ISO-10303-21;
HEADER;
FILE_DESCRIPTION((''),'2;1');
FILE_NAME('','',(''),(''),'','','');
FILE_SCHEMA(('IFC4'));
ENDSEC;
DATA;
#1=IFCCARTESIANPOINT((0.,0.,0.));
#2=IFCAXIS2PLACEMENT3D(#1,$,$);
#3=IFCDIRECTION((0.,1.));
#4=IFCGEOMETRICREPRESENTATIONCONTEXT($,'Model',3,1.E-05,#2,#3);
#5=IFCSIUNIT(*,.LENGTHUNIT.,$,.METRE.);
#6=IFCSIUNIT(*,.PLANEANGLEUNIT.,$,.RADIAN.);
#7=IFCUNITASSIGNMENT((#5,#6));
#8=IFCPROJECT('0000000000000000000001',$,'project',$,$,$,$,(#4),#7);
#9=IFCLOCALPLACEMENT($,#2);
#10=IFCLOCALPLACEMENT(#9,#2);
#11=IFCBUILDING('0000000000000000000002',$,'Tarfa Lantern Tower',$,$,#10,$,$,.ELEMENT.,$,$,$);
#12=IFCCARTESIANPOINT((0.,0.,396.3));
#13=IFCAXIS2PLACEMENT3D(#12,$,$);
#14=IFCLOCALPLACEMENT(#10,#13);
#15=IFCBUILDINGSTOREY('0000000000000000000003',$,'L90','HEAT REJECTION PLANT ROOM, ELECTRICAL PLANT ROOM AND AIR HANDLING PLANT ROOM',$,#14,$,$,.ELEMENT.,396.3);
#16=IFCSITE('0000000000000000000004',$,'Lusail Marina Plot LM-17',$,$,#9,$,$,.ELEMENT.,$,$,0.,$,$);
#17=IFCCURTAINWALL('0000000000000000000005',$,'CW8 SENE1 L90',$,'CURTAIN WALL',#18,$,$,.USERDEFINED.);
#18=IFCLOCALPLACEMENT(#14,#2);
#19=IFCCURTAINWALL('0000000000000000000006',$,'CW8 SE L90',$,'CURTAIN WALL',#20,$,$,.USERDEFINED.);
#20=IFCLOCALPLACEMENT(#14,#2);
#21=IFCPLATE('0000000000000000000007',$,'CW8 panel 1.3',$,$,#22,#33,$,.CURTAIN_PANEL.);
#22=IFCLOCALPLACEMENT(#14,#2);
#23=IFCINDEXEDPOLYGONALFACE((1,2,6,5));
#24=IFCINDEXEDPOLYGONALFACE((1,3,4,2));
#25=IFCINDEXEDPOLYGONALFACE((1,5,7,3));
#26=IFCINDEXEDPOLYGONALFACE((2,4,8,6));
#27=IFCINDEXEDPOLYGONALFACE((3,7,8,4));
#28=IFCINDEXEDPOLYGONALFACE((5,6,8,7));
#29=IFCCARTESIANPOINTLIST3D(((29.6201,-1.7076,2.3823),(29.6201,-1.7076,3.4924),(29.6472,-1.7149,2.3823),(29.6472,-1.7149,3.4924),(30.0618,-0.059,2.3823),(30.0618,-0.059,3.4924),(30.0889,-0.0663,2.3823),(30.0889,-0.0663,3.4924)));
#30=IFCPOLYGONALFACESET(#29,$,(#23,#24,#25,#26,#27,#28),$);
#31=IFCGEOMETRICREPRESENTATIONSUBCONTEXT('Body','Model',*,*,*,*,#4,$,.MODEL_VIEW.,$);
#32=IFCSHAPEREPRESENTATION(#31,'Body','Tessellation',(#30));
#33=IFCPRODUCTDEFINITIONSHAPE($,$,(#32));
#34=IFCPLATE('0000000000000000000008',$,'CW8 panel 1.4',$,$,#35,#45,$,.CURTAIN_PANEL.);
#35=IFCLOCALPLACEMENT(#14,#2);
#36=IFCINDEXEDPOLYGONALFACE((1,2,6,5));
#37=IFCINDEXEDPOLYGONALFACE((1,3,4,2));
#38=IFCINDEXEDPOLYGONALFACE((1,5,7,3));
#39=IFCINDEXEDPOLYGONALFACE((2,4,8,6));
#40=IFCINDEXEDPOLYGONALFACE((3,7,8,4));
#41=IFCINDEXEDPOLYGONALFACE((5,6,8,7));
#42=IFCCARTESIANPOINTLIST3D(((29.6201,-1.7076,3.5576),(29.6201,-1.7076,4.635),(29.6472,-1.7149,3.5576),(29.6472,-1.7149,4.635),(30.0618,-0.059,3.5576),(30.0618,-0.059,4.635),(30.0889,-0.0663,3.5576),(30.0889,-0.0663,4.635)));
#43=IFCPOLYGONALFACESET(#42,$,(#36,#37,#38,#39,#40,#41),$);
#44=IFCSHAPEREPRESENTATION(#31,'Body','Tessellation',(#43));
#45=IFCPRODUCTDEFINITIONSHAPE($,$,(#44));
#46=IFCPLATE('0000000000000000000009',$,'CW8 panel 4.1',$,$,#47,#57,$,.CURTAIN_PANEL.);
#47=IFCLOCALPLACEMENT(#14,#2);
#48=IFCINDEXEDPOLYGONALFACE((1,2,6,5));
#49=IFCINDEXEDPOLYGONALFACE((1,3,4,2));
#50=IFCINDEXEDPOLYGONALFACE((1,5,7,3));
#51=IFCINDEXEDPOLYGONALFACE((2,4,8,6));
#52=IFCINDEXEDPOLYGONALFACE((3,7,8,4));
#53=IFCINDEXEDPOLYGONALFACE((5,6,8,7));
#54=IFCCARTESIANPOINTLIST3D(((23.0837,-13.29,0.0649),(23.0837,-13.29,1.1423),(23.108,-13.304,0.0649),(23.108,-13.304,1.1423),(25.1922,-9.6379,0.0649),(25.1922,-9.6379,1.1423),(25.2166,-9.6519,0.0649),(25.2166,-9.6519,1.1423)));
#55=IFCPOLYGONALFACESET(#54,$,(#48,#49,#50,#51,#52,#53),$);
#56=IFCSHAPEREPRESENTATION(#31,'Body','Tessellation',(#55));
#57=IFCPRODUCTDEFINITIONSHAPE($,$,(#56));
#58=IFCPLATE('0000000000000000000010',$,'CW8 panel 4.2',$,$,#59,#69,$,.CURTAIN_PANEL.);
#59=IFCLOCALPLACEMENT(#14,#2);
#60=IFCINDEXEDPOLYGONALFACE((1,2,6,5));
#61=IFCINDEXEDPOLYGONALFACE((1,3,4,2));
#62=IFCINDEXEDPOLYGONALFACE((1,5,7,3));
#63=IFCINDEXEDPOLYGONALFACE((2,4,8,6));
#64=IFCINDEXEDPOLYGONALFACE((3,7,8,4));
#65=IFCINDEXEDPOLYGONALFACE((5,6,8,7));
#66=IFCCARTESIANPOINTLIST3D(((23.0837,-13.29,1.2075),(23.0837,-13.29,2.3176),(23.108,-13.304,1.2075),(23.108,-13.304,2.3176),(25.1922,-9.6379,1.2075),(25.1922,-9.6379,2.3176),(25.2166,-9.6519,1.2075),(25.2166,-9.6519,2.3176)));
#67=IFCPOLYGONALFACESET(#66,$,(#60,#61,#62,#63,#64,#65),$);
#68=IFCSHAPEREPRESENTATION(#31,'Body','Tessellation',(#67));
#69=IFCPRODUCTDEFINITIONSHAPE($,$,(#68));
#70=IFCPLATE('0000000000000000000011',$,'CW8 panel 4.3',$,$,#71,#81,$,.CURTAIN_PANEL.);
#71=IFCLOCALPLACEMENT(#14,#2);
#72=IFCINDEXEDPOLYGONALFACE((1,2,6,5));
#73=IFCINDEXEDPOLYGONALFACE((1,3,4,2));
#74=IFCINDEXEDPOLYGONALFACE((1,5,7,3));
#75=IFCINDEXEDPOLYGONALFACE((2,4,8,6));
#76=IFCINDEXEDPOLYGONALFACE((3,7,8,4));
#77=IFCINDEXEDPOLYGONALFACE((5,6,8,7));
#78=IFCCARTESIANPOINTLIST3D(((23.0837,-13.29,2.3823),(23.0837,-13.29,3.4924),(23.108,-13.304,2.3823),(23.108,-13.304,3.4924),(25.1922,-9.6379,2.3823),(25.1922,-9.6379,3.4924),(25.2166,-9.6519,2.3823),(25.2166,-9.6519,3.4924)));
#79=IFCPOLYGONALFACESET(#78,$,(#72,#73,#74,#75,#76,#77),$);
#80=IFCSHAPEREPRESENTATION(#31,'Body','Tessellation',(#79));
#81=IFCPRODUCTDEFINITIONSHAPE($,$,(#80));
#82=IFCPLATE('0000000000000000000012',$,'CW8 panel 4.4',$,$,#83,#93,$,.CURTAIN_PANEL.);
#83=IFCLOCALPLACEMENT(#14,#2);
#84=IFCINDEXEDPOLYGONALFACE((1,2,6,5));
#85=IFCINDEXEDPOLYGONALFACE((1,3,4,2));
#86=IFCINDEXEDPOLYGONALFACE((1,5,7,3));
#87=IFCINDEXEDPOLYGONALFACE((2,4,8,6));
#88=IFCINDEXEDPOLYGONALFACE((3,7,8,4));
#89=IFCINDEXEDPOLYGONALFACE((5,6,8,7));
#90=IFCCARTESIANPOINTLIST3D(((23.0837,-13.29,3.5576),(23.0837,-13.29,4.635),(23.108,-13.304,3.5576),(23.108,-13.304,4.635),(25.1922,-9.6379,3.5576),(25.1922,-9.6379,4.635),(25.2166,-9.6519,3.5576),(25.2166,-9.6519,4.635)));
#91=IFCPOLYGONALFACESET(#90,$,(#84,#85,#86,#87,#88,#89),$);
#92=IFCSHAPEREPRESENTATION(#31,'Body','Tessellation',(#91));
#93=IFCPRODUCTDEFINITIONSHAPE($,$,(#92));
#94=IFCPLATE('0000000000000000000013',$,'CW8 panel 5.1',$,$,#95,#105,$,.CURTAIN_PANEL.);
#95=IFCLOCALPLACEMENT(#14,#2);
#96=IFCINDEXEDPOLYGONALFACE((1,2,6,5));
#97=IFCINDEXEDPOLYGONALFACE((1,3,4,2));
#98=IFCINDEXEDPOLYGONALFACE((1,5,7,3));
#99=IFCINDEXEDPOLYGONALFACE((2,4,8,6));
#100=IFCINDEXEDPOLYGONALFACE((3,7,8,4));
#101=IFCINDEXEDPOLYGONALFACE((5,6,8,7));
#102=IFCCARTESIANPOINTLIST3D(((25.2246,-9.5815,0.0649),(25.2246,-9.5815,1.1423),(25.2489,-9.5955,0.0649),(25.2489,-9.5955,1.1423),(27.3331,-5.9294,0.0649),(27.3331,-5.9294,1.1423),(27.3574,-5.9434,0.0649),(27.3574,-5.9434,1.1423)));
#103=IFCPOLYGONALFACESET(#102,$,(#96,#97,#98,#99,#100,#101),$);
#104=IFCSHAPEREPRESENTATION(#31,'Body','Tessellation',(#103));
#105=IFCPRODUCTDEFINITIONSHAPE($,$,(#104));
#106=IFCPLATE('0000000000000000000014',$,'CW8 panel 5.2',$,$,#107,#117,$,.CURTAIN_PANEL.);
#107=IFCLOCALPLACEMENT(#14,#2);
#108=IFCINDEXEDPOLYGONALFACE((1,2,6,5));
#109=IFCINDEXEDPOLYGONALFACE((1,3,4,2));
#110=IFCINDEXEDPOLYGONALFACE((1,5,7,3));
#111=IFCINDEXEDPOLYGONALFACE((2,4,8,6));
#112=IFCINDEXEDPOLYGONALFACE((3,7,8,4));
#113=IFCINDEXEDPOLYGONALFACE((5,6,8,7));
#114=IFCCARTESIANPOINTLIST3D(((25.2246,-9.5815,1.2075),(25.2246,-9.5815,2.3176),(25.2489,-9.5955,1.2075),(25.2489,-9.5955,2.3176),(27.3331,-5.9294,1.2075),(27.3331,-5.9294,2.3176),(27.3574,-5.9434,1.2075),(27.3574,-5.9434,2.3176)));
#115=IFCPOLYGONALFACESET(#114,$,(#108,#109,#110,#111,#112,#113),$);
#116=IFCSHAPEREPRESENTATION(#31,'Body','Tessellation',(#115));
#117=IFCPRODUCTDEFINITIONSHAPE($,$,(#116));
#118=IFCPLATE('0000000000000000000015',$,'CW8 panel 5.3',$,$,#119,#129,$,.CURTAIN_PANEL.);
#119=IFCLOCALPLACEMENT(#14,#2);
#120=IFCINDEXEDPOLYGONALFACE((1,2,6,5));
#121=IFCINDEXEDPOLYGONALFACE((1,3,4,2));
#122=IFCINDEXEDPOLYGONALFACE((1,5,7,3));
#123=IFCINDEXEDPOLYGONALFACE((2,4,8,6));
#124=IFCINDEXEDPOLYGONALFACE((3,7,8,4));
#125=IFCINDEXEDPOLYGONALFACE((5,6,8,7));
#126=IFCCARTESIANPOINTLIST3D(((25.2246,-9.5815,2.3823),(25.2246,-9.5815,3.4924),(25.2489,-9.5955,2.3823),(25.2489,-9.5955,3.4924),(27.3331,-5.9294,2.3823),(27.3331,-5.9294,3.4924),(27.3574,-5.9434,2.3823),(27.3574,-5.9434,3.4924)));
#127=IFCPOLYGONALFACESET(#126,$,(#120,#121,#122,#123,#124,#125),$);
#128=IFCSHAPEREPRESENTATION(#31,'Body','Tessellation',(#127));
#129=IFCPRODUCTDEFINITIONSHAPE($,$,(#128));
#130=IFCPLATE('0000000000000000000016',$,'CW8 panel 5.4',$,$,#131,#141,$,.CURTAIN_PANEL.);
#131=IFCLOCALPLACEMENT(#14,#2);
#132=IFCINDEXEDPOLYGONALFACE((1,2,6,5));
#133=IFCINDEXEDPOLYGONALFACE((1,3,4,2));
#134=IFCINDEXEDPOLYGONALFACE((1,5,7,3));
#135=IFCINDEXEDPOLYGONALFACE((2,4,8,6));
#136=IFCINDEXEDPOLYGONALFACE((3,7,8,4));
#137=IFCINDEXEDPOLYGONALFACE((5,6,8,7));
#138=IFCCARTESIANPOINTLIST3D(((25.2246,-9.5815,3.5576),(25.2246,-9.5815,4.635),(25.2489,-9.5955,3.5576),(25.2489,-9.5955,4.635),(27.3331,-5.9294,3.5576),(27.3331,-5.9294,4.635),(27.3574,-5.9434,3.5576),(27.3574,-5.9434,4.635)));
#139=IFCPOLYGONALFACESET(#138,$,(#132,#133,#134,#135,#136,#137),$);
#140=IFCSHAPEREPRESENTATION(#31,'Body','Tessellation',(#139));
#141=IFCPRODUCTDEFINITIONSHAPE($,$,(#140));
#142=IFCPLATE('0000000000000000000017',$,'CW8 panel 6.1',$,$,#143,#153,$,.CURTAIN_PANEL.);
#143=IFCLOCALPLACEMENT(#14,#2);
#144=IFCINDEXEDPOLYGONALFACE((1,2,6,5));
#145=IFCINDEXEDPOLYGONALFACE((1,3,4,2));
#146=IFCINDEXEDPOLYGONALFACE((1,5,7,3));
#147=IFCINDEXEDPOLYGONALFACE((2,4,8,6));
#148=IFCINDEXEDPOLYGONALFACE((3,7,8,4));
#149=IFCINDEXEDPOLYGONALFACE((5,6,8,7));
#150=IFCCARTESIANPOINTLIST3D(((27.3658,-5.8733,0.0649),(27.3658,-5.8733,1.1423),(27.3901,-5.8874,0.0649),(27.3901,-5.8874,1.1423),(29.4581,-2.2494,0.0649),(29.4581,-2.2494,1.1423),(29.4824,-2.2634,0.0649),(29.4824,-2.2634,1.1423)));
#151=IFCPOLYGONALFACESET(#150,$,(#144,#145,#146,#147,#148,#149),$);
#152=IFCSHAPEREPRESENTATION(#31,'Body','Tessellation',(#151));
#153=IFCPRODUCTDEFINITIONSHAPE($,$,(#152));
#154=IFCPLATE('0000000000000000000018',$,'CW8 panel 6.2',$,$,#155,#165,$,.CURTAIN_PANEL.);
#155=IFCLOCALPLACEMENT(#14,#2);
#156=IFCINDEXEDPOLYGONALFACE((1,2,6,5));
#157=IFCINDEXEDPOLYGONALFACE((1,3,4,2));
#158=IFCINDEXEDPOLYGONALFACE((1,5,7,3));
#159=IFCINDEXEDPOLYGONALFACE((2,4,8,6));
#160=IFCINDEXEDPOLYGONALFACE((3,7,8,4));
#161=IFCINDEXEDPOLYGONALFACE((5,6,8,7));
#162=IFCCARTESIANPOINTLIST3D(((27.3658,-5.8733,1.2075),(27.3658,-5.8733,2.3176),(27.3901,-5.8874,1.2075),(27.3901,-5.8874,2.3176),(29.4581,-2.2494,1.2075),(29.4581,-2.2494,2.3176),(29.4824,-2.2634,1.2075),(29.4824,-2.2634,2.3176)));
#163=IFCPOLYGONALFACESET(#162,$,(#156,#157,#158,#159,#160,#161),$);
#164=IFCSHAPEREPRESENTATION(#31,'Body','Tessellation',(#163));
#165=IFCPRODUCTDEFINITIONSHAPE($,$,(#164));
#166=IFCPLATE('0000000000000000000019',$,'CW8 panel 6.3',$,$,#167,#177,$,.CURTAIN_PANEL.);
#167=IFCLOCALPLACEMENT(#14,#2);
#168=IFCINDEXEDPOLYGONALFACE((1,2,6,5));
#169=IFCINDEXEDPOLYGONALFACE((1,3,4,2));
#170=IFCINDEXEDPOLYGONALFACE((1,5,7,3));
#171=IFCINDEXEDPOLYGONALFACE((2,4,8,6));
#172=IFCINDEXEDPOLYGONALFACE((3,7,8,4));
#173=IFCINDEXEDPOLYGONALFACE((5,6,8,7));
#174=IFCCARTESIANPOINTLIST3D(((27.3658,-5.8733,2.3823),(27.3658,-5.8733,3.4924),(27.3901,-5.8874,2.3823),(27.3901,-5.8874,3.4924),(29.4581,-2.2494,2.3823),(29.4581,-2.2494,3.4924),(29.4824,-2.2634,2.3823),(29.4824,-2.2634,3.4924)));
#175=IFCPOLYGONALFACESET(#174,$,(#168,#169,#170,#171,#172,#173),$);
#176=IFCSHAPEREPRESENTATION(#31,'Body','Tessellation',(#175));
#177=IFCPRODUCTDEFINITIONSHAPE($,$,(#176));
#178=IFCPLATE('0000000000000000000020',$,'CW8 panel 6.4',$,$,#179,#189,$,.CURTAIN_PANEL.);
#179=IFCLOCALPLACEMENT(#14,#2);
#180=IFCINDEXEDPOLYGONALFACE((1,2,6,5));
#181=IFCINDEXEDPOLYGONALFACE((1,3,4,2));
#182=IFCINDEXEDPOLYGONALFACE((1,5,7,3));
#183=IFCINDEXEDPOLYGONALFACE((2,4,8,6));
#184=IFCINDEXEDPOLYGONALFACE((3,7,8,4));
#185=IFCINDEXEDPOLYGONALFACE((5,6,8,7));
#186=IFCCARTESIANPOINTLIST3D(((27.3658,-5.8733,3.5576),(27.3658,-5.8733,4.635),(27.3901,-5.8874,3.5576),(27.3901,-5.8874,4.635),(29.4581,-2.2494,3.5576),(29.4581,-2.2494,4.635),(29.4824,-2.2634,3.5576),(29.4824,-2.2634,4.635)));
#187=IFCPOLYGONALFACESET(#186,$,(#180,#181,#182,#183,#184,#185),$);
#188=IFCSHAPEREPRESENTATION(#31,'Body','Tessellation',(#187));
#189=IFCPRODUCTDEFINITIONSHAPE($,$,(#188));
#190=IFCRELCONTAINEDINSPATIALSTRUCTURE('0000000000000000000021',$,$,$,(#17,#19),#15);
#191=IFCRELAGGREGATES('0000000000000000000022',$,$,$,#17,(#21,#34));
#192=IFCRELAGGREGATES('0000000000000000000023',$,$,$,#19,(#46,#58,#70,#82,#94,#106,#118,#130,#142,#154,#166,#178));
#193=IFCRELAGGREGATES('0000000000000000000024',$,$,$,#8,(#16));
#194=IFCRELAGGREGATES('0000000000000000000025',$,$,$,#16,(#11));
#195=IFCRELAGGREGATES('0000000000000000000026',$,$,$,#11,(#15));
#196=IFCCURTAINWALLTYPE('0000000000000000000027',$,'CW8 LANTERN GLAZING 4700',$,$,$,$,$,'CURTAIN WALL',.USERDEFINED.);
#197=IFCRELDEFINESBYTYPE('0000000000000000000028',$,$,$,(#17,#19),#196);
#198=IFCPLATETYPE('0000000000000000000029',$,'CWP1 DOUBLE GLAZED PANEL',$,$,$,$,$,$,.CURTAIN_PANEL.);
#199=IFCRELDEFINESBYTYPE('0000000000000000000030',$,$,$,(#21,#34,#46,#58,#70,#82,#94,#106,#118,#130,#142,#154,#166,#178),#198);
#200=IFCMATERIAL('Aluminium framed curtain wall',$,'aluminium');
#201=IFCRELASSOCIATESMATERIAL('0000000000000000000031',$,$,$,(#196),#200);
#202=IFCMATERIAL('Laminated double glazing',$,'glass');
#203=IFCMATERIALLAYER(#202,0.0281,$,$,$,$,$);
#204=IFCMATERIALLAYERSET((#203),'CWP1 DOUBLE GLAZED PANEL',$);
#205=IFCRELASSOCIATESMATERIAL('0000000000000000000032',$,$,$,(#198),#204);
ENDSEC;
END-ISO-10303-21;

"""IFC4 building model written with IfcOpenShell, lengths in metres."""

from ifc_helpers import new_model, si_unit, direction, frame, origin, origin_2d, place, context, subcontext, project, spatial, rectangle, extrude, material, layer, layer_set, type_object, element, aggregate, save


model = new_model("IFC4")

# Units and contexts
model_context = context("Model", 3, precision=1e-05, world=origin(), true_north=direction((0.0, 1.0)))
body_context = subcontext(model_context, "Body", "Model", "MODEL_VIEW")
ifc_project = project(units=[si_unit("LENGTHUNIT", "METRE"), si_unit("PLANEANGLEUNIT", "RADIAN")], contexts=[model_context])

# Site, building, storey
site_placement = place(None, origin())
site = spatial("IfcSite", under=ifc_project, at=site_placement, Name="Lusail Marina Plot LM-17", CompositionType="ELEMENT", RefElevation=0.0)
building_placement = place(site_placement, origin())
building = spatial("IfcBuilding", under=site, at=building_placement, Name="Tarfa Lantern Tower", CompositionType="ELEMENT")
storey_placement = place(building_placement, frame((0.0, 0.0, 396.3)))
storey = spatial("IfcBuildingStorey", under=building, at=storey_placement, Name="L90", Description="HEAT REJECTION PLANT ROOM, ELECTRICAL PLANT ROOM AND AIR HANDLING PLANT ROOM", CompositionType="ELEMENT", Elevation=396.3)

# Curtain walls
ifc_material_1 = material(Name="Aluminium framed curtain wall", Category="aluminium")
curtain_wall_type = type_object("IfcCurtainWallType", Name="CW8 LANTERN GLAZING 4700", ElementType="CURTAIN WALL", PredefinedType="USERDEFINED", material=ifc_material_1)
curtain_wall_1_placement = place(storey_placement, origin())
curtain_wall_1 = element("IfcCurtainWall", 1, at=curtain_wall_1_placement, inside=storey, type_object=curtain_wall_type, Name="CW8 SENE1 L90", ObjectType="CURTAIN WALL", PredefinedType="USERDEFINED")
curtain_wall_2_placement = place(storey_placement, origin())
curtain_wall_2 = element("IfcCurtainWall", 2, at=curtain_wall_2_placement, inside=storey, type_object=curtain_wall_type, Name="CW8 SE L90", ObjectType="CURTAIN WALL", PredefinedType="USERDEFINED")

# Plates
ifc_material_2 = material(Name="Laminated double glazing", Category="glass")
ifc_layer = layer(ifc_material_2, 0.0281)
ifc_layer_set = layer_set([ifc_layer], Name="CWP1 DOUBLE GLAZED PANEL")
plate_type = type_object("IfcPlateType", Name="CWP1 DOUBLE GLAZED PANEL", PredefinedType="CURTAIN_PANEL", material=ifc_layer_set)
plate_1_placement = place(storey_placement, frame((29.8545, -0.887, 2.3823), z_axis=(0.0, 0.0, 1.0), x_axis=(0.258819, 0.965926, 0.0)))
plate_1 = element("IfcPlate", 3, at=plate_1_placement, type_object=plate_type, Name="CW8 panel 1.3", PredefinedType="CURTAIN_PANEL", context=body_context, shape_type="SweptSolid", body=[
    extrude(rectangle(XDim=1.7068, YDim=0.0281, at=origin_2d()), origin(), (0.0, 0.0, 1.0), 1.1101),
])
plate_2_placement = place(storey_placement, frame((29.8545, -0.887, 3.5576), z_axis=(0.0, 0.0, 1.0), x_axis=(0.258819, 0.965926, 0.0)))
plate_2 = element("IfcPlate", 4, at=plate_2_placement, type_object=plate_type, Name="CW8 panel 1.4", PredefinedType="CURTAIN_PANEL", context=body_context, shape_type="SweptSolid", body=[
    extrude(rectangle(XDim=1.7068, YDim=0.0281, at=origin_2d()), origin(), (0.0, 0.0, 1.0), 1.0774),
])
aggregate(curtain_wall_1, [plate_1, plate_2])
plate_3_placement = place(storey_placement, frame((24.1501, -11.4709, 0.0649), z_axis=(0.0, 0.0, 1.0), x_axis=(0.5, 0.866025, 0.0)))
plate_3 = element("IfcPlate", 5, at=plate_3_placement, type_object=plate_type, Name="CW8 panel 4.1", PredefinedType="CURTAIN_PANEL", context=body_context, shape_type="SweptSolid", body=[
    extrude(rectangle(XDim=4.217, YDim=0.0281, at=origin_2d()), origin(), (0.0, 0.0, 1.0), 1.0774),
])
plate_4_placement = place(storey_placement, frame((24.1501, -11.4709, 1.2075), z_axis=(0.0, 0.0, 1.0), x_axis=(0.5, 0.866025, 0.0)))
plate_4 = element("IfcPlate", 6, at=plate_4_placement, type_object=plate_type, Name="CW8 panel 4.2", PredefinedType="CURTAIN_PANEL", context=body_context, shape_type="SweptSolid", body=[
    extrude(rectangle(XDim=4.217, YDim=0.0281, at=origin_2d()), origin(), (0.0, 0.0, 1.0), 1.1101),
])
plate_5_placement = place(storey_placement, frame((24.1501, -11.4709, 2.3823), z_axis=(0.0, 0.0, 1.0), x_axis=(0.5, 0.866025, 0.0)))
plate_5 = element("IfcPlate", 7, at=plate_5_placement, type_object=plate_type, Name="CW8 panel 4.3", PredefinedType="CURTAIN_PANEL", context=body_context, shape_type="SweptSolid", body=[
    extrude(rectangle(XDim=4.217, YDim=0.0281, at=origin_2d()), origin(), (0.0, 0.0, 1.0), 1.1101),
])
plate_6_placement = place(storey_placement, frame((24.1501, -11.4709, 3.5576), z_axis=(0.0, 0.0, 1.0), x_axis=(0.5, 0.866025, 0.0)))
plate_6 = element("IfcPlate", 8, at=plate_6_placement, type_object=plate_type, Name="CW8 panel 4.4", PredefinedType="CURTAIN_PANEL", context=body_context, shape_type="SweptSolid", body=[
    extrude(rectangle(XDim=4.217, YDim=0.0281, at=origin_2d()), origin(), (0.0, 0.0, 1.0), 1.0774),
])
plate_7_placement = place(storey_placement, frame((26.291, -7.7625, 0.0649), z_axis=(0.0, 0.0, 1.0), x_axis=(0.5, 0.866025, 0.0)))
plate_7 = element("IfcPlate", 9, at=plate_7_placement, type_object=plate_type, Name="CW8 panel 5.1", PredefinedType="CURTAIN_PANEL", context=body_context, shape_type="SweptSolid", body=[
    extrude(rectangle(XDim=4.217, YDim=0.0281, at=origin_2d()), origin(), (0.0, 0.0, 1.0), 1.0774),
])
plate_8_placement = place(storey_placement, frame((26.291, -7.7625, 1.2075), z_axis=(0.0, 0.0, 1.0), x_axis=(0.5, 0.866025, 0.0)))
plate_8 = element("IfcPlate", 10, at=plate_8_placement, type_object=plate_type, Name="CW8 panel 5.2", PredefinedType="CURTAIN_PANEL", context=body_context, shape_type="SweptSolid", body=[
    extrude(rectangle(XDim=4.217, YDim=0.0281, at=origin_2d()), origin(), (0.0, 0.0, 1.0), 1.1101),
])
plate_9_placement = place(storey_placement, frame((26.291, -7.7625, 2.3823), z_axis=(0.0, 0.0, 1.0), x_axis=(0.5, 0.866025, 0.0)))
plate_9 = element("IfcPlate", 11, at=plate_9_placement, type_object=plate_type, Name="CW8 panel 5.3", PredefinedType="CURTAIN_PANEL", context=body_context, shape_type="SweptSolid", body=[
    extrude(rectangle(XDim=4.217, YDim=0.0281, at=origin_2d()), origin(), (0.0, 0.0, 1.0), 1.1101),
])
plate_10_placement = place(storey_placement, frame((26.291, -7.7625, 3.5576), z_axis=(0.0, 0.0, 1.0), x_axis=(0.5, 0.866025, 0.0)))
plate_10 = element("IfcPlate", 12, at=plate_10_placement, type_object=plate_type, Name="CW8 panel 5.4", PredefinedType="CURTAIN_PANEL", context=body_context, shape_type="SweptSolid", body=[
    extrude(rectangle(XDim=4.217, YDim=0.0281, at=origin_2d()), origin(), (0.0, 0.0, 1.0), 1.0774),
])
plate_11_placement = place(storey_placement, frame((28.4241, -4.0684, 0.0649), z_axis=(0.0, 0.0, 1.0), x_axis=(0.5, 0.866025, 0.0)))
plate_11 = element("IfcPlate", 13, at=plate_11_placement, type_object=plate_type, Name="CW8 panel 6.1", PredefinedType="CURTAIN_PANEL", context=body_context, shape_type="SweptSolid", body=[
    extrude(rectangle(XDim=4.1846, YDim=0.0281, at=origin_2d()), origin(), (0.0, 0.0, 1.0), 1.0774),
])
plate_12_placement = place(storey_placement, frame((28.4241, -4.0684, 1.2075), z_axis=(0.0, 0.0, 1.0), x_axis=(0.5, 0.866025, 0.0)))
plate_12 = element("IfcPlate", 14, at=plate_12_placement, type_object=plate_type, Name="CW8 panel 6.2", PredefinedType="CURTAIN_PANEL", context=body_context, shape_type="SweptSolid", body=[
    extrude(rectangle(XDim=4.1846, YDim=0.0281, at=origin_2d()), origin(), (0.0, 0.0, 1.0), 1.1101),
])
plate_13_placement = place(storey_placement, frame((28.4241, -4.0684, 2.3823), z_axis=(0.0, 0.0, 1.0), x_axis=(0.5, 0.866025, 0.0)))
plate_13 = element("IfcPlate", 15, at=plate_13_placement, type_object=plate_type, Name="CW8 panel 6.3", PredefinedType="CURTAIN_PANEL", context=body_context, shape_type="SweptSolid", body=[
    extrude(rectangle(XDim=4.1846, YDim=0.0281, at=origin_2d()), origin(), (0.0, 0.0, 1.0), 1.1101),
])
plate_14_placement = place(storey_placement, frame((28.4241, -4.0684, 3.5576), z_axis=(0.0, 0.0, 1.0), x_axis=(0.5, 0.866025, 0.0)))
plate_14 = element("IfcPlate", 16, at=plate_14_placement, type_object=plate_type, Name="CW8 panel 6.4", PredefinedType="CURTAIN_PANEL", context=body_context, shape_type="SweptSolid", body=[
    extrude(rectangle(XDim=4.1846, YDim=0.0281, at=origin_2d()), origin(), (0.0, 0.0, 1.0), 1.0774),
])
aggregate(curtain_wall_2, [plate_3, plate_4, plate_5, plate_6, plate_7, plate_8, plate_9, plate_10, plate_11, plate_12, plate_13, plate_14])

save(model, "model.ifc")
